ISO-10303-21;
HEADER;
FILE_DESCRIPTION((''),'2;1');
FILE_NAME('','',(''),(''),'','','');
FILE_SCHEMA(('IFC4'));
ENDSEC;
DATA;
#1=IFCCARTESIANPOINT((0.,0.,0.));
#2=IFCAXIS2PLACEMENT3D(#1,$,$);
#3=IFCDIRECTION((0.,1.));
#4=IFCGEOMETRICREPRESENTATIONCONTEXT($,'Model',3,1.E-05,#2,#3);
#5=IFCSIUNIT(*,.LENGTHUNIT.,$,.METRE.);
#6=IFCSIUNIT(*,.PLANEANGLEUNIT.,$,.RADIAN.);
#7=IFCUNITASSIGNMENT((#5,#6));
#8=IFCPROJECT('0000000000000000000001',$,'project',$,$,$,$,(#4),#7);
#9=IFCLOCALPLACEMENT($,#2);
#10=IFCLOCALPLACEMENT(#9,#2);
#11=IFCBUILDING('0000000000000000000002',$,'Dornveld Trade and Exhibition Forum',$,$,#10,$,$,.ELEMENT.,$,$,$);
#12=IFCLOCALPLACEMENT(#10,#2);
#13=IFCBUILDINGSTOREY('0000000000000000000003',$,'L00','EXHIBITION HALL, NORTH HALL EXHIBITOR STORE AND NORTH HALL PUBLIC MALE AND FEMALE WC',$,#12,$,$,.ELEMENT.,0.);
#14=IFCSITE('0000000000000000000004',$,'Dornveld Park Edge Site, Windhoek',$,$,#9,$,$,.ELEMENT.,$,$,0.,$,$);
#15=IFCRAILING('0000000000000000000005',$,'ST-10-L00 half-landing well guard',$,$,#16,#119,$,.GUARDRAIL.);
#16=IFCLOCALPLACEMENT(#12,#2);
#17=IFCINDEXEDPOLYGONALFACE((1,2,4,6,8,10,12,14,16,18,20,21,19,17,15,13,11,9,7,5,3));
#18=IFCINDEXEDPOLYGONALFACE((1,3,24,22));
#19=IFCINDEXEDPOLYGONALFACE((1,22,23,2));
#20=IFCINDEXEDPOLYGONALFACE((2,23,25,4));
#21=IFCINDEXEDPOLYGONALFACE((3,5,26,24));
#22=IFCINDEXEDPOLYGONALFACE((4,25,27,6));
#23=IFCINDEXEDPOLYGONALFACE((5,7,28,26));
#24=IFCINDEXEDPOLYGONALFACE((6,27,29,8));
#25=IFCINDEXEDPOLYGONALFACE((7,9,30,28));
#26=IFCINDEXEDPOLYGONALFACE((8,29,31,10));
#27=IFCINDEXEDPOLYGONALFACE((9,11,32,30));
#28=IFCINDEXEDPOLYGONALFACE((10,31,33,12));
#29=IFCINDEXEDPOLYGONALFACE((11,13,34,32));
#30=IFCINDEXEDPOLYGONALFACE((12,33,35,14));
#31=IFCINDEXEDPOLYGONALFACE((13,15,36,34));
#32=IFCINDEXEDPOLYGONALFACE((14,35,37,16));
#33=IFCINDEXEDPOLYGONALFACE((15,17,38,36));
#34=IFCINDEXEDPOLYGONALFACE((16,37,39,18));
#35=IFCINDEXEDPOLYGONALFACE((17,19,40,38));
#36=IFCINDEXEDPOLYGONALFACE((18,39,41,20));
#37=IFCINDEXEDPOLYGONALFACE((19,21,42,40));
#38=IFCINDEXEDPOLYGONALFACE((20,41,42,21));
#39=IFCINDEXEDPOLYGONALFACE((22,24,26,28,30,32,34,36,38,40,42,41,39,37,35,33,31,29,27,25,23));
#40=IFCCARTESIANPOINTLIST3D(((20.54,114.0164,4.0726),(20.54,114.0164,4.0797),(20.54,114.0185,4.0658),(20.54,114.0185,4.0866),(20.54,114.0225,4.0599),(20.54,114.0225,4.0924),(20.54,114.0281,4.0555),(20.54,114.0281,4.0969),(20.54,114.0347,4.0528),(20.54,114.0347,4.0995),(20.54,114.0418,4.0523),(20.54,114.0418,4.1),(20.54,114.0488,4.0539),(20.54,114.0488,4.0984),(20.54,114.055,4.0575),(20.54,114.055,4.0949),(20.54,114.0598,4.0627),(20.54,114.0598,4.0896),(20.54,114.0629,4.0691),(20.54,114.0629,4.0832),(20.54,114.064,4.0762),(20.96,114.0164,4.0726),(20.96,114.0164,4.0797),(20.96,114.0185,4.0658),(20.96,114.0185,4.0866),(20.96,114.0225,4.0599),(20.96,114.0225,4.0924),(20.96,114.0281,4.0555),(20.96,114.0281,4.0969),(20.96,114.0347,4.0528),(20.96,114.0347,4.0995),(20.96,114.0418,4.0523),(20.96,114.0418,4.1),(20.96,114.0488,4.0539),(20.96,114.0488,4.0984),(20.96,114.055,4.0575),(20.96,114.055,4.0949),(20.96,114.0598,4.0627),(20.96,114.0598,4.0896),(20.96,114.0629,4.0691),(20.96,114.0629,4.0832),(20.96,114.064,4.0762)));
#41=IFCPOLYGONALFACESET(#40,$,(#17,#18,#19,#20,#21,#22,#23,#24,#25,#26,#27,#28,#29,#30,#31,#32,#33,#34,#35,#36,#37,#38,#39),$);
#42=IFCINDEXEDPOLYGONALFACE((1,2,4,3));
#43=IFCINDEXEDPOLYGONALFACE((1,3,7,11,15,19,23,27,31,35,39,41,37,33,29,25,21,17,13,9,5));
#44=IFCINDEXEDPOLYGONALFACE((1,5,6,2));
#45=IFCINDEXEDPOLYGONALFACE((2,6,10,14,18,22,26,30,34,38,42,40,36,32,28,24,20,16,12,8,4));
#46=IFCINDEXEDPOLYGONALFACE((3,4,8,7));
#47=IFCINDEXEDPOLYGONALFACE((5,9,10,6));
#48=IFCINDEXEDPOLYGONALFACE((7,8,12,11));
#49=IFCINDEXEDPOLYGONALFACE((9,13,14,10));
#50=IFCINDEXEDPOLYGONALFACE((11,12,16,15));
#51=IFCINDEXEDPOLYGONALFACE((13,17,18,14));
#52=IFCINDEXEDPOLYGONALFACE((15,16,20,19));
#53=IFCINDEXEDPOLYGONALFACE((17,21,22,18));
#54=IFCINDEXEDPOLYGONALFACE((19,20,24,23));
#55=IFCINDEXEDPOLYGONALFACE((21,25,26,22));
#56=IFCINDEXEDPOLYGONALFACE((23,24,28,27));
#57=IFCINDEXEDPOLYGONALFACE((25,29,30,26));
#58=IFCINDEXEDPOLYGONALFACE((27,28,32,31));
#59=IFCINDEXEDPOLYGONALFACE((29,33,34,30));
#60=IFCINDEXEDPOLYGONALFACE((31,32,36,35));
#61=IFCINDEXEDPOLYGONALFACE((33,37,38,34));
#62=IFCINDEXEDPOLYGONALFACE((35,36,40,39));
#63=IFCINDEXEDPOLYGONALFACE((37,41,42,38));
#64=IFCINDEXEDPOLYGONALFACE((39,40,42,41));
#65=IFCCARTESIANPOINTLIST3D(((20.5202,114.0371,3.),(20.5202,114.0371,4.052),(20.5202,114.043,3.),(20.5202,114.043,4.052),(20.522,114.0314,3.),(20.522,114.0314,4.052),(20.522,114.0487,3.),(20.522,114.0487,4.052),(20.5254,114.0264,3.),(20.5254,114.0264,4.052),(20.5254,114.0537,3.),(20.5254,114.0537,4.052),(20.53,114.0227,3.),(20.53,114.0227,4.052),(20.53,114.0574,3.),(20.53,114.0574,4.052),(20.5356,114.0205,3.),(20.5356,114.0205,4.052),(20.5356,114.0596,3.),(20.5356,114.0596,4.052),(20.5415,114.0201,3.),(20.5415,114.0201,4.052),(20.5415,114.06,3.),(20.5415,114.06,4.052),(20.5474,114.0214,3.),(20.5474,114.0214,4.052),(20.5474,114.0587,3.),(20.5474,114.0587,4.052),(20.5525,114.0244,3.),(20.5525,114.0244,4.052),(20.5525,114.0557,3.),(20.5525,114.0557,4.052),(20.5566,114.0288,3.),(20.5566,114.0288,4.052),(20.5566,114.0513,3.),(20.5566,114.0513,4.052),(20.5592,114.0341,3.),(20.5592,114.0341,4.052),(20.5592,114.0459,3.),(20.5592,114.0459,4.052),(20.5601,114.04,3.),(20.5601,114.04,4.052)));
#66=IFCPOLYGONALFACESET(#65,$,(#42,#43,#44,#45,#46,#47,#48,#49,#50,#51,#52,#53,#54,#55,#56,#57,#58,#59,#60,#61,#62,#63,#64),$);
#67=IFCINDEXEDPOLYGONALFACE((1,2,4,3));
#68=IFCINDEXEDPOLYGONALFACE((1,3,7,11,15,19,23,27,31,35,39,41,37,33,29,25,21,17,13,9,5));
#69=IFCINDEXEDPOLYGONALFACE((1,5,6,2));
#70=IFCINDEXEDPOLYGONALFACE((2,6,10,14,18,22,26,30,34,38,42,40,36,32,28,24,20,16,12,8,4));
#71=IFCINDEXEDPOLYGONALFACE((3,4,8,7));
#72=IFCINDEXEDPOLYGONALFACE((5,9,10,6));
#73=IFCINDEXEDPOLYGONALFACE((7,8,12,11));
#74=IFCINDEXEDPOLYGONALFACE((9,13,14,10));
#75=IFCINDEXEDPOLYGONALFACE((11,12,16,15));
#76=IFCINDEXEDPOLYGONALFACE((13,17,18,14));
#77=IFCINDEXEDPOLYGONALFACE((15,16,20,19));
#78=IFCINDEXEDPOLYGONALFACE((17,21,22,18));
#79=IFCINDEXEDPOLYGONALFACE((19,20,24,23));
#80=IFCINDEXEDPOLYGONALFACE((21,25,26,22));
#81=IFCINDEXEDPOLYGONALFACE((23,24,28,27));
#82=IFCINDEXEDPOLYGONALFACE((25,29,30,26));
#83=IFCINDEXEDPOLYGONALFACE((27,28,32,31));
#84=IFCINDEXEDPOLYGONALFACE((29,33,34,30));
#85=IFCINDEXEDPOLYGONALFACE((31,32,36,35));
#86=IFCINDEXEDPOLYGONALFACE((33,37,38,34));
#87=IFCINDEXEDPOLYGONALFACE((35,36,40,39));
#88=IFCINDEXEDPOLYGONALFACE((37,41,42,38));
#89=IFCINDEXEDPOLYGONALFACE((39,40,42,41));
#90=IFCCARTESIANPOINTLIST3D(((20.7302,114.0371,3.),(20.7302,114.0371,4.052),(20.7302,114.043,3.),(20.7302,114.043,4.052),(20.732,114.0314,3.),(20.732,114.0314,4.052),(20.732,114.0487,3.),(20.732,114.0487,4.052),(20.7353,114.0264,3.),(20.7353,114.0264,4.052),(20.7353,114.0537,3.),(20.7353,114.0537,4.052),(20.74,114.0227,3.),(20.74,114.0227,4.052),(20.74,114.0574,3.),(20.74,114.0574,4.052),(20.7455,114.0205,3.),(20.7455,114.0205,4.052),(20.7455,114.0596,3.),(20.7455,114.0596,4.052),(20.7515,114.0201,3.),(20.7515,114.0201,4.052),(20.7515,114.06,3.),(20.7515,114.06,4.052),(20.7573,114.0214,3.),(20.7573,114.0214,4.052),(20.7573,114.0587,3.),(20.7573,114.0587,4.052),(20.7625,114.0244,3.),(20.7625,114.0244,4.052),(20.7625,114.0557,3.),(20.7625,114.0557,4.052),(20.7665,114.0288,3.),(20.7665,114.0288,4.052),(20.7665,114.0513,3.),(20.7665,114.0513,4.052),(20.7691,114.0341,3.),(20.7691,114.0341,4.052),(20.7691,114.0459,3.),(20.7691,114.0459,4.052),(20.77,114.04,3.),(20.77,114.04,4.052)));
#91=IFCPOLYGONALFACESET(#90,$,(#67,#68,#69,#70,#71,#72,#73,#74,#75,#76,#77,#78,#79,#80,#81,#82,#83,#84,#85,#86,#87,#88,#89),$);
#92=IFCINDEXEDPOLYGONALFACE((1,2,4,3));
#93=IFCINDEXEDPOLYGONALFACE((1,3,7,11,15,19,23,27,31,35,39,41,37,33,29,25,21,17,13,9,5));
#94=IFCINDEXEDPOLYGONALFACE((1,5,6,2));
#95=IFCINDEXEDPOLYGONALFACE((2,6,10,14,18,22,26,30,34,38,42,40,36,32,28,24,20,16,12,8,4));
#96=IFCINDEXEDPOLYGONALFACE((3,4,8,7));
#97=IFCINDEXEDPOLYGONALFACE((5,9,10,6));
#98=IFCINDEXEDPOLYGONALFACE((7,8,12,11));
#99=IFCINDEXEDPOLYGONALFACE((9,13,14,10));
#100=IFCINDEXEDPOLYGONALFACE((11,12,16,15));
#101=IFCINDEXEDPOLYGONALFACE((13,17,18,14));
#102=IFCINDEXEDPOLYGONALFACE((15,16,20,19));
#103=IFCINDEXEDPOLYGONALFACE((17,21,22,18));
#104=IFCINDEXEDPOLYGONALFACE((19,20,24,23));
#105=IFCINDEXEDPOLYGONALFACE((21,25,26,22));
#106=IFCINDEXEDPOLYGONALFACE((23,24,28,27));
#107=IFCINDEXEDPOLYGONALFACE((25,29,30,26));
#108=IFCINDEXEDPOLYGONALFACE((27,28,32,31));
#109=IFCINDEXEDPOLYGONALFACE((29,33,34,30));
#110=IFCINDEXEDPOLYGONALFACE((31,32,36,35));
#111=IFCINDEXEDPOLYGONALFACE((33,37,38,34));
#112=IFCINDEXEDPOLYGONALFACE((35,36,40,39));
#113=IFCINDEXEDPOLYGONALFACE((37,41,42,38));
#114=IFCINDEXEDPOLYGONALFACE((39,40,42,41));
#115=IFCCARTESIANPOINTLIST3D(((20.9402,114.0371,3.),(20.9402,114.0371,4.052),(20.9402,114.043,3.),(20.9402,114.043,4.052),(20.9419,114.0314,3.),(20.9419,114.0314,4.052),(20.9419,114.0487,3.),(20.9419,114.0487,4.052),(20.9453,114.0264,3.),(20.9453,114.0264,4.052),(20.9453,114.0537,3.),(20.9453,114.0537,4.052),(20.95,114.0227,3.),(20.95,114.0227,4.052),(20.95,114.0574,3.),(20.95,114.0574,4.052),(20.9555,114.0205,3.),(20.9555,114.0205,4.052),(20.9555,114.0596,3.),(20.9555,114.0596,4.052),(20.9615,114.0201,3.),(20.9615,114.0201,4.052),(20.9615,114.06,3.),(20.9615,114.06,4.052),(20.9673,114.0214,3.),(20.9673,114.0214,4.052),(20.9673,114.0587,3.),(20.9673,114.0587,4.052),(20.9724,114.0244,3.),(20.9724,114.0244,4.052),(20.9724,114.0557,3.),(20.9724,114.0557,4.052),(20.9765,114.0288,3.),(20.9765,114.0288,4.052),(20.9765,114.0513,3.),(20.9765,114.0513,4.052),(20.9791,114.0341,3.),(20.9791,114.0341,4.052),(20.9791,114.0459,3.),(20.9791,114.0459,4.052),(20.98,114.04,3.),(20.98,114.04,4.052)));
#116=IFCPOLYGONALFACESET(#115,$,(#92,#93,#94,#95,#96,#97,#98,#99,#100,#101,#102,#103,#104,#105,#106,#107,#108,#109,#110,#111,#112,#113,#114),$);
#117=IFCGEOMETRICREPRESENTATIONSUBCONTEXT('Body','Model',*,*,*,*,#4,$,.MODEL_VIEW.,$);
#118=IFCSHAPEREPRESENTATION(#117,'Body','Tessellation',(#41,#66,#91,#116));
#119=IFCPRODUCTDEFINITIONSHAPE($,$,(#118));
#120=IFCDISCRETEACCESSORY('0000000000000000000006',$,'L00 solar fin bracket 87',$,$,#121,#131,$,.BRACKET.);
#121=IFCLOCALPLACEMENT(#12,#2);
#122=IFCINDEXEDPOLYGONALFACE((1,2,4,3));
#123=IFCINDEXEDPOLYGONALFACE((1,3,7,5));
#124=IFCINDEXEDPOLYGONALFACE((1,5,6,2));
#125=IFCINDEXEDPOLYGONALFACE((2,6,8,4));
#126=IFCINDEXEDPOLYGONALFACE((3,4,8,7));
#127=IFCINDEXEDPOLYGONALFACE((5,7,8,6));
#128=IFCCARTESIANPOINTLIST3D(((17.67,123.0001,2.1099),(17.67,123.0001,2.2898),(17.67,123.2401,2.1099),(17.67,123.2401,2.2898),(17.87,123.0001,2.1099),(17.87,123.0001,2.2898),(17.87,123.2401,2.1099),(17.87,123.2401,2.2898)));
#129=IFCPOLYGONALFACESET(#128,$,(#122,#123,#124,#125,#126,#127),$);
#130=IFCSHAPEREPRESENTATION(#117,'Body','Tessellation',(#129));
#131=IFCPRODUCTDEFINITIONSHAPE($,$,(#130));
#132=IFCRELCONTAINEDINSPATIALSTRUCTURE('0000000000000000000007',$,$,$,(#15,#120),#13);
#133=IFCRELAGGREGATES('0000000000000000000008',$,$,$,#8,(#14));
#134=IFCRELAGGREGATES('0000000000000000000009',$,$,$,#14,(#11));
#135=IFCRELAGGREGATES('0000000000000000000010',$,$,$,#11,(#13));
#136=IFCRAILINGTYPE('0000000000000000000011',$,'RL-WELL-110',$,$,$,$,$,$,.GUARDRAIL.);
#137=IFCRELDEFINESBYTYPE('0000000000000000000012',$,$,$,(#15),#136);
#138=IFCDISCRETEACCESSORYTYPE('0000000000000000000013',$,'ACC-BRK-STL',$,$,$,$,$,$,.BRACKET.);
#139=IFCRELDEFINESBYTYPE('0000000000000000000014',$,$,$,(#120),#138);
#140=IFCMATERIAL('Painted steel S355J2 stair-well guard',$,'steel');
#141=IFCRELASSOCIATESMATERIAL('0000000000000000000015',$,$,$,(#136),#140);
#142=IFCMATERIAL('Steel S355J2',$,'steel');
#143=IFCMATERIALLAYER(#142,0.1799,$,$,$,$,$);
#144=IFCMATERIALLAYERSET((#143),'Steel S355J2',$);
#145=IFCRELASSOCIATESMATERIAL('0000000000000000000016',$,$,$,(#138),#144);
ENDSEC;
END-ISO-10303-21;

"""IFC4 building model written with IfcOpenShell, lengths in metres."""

from ifc_helpers import new_model, si_unit, direction, frame, origin, origin_2d, place, context, subcontext, project, spatial, rectangle, circle, extrude, material, layer, layer_set, type_object, element, save


model = new_model("IFC4")

# Units and contexts
model_context = context("Model", 3, precision=1e-05, world=origin(), true_north=direction((0.0, 1.0)))
body_context = subcontext(model_context, "Body", "Model", "MODEL_VIEW")
ifc_project = project(units=[si_unit("LENGTHUNIT", "METRE"), si_unit("PLANEANGLEUNIT", "RADIAN")], contexts=[model_context])

# Site, building, storey
site_placement = place(None, origin())
site = spatial("IfcSite", under=ifc_project, at=site_placement, Name="Dornveld Park Edge Site, Windhoek", CompositionType="ELEMENT", RefElevation=0.0)
building_placement = place(site_placement, origin())
building = spatial("IfcBuilding", under=site, at=building_placement, Name="Dornveld Trade and Exhibition Forum", CompositionType="ELEMENT")
storey_placement = place(building_placement, origin())
storey = spatial("IfcBuildingStorey", under=building, at=storey_placement, Name="L00", Description="EXHIBITION HALL, NORTH HALL EXHIBITOR STORE AND NORTH HALL PUBLIC MALE AND FEMALE WC", CompositionType="ELEMENT", Elevation=0.0)

# Railing
ifc_material_1 = material(Name="Painted steel S355J2 stair-well guard", Category="steel")
railing_type_1 = type_object("IfcRailingType", Name="RL-WELL-110", PredefinedType="GUARDRAIL", material=ifc_material_1)
railing_1_placement = place(storey_placement, frame((20.54, 114.04, 3.0)))
element("IfcRailing", 1, at=railing_1_placement, inside=storey, type_object=railing_type_1, Name="ST-10-L00 half-landing well guard", PredefinedType="GUARDRAIL", context=body_context, shape_type="SweptSolid", body=[
    extrude(circle(Radius=0.0239, at=origin_2d()), frame((0.0, 0.0, 1.0762), z_axis=(1.0, 0.0, 0.0), x_axis=(0.0, 1.0, 0.0)), (0.0, 0.0, 1.0), 0.4199),
    extrude(circle(Radius=0.02, at=origin_2d()), origin(), (0.0, 0.0, 1.0), 1.052),
    extrude(circle(Radius=0.02, at=origin_2d()), frame((0.21, 0.0, 0.0)), (0.0, 0.0, 1.0), 1.052),
    extrude(circle(Radius=0.02, at=origin_2d()), frame((0.4199, 0.0, 0.0)), (0.0, 0.0, 1.0), 1.052),
])

# Discrete accessory
ifc_material_2 = material(Name="Steel S355J2", Category="steel")
ifc_layer_1 = layer(ifc_material_2, 0.1799)
ifc_layer_set_1 = layer_set([ifc_layer_1], Name="Steel S355J2")
discrete_accessory_type = type_object("IfcDiscreteAccessoryType", Name="ACC-BRK-STL", PredefinedType="BRACKET", material=ifc_layer_set_1)
discrete_accessory_placement = place(storey_placement, frame((17.77, 123.1201, 2.1099), z_axis=(0.0, 0.0, 1.0), x_axis=(0.0, -1.0, 0.0)))
element("IfcDiscreteAccessory", 2, at=discrete_accessory_placement, inside=storey, type_object=discrete_accessory_type, Name="L00 solar fin bracket 87", PredefinedType="BRACKET", context=body_context, shape_type="SweptSolid", body=[
    extrude(rectangle(XDim=0.24, YDim=0.2, at=origin_2d()), origin(), (0.0, 0.0, 1.0), 0.1799),
])

save(model, "model.ifc")
